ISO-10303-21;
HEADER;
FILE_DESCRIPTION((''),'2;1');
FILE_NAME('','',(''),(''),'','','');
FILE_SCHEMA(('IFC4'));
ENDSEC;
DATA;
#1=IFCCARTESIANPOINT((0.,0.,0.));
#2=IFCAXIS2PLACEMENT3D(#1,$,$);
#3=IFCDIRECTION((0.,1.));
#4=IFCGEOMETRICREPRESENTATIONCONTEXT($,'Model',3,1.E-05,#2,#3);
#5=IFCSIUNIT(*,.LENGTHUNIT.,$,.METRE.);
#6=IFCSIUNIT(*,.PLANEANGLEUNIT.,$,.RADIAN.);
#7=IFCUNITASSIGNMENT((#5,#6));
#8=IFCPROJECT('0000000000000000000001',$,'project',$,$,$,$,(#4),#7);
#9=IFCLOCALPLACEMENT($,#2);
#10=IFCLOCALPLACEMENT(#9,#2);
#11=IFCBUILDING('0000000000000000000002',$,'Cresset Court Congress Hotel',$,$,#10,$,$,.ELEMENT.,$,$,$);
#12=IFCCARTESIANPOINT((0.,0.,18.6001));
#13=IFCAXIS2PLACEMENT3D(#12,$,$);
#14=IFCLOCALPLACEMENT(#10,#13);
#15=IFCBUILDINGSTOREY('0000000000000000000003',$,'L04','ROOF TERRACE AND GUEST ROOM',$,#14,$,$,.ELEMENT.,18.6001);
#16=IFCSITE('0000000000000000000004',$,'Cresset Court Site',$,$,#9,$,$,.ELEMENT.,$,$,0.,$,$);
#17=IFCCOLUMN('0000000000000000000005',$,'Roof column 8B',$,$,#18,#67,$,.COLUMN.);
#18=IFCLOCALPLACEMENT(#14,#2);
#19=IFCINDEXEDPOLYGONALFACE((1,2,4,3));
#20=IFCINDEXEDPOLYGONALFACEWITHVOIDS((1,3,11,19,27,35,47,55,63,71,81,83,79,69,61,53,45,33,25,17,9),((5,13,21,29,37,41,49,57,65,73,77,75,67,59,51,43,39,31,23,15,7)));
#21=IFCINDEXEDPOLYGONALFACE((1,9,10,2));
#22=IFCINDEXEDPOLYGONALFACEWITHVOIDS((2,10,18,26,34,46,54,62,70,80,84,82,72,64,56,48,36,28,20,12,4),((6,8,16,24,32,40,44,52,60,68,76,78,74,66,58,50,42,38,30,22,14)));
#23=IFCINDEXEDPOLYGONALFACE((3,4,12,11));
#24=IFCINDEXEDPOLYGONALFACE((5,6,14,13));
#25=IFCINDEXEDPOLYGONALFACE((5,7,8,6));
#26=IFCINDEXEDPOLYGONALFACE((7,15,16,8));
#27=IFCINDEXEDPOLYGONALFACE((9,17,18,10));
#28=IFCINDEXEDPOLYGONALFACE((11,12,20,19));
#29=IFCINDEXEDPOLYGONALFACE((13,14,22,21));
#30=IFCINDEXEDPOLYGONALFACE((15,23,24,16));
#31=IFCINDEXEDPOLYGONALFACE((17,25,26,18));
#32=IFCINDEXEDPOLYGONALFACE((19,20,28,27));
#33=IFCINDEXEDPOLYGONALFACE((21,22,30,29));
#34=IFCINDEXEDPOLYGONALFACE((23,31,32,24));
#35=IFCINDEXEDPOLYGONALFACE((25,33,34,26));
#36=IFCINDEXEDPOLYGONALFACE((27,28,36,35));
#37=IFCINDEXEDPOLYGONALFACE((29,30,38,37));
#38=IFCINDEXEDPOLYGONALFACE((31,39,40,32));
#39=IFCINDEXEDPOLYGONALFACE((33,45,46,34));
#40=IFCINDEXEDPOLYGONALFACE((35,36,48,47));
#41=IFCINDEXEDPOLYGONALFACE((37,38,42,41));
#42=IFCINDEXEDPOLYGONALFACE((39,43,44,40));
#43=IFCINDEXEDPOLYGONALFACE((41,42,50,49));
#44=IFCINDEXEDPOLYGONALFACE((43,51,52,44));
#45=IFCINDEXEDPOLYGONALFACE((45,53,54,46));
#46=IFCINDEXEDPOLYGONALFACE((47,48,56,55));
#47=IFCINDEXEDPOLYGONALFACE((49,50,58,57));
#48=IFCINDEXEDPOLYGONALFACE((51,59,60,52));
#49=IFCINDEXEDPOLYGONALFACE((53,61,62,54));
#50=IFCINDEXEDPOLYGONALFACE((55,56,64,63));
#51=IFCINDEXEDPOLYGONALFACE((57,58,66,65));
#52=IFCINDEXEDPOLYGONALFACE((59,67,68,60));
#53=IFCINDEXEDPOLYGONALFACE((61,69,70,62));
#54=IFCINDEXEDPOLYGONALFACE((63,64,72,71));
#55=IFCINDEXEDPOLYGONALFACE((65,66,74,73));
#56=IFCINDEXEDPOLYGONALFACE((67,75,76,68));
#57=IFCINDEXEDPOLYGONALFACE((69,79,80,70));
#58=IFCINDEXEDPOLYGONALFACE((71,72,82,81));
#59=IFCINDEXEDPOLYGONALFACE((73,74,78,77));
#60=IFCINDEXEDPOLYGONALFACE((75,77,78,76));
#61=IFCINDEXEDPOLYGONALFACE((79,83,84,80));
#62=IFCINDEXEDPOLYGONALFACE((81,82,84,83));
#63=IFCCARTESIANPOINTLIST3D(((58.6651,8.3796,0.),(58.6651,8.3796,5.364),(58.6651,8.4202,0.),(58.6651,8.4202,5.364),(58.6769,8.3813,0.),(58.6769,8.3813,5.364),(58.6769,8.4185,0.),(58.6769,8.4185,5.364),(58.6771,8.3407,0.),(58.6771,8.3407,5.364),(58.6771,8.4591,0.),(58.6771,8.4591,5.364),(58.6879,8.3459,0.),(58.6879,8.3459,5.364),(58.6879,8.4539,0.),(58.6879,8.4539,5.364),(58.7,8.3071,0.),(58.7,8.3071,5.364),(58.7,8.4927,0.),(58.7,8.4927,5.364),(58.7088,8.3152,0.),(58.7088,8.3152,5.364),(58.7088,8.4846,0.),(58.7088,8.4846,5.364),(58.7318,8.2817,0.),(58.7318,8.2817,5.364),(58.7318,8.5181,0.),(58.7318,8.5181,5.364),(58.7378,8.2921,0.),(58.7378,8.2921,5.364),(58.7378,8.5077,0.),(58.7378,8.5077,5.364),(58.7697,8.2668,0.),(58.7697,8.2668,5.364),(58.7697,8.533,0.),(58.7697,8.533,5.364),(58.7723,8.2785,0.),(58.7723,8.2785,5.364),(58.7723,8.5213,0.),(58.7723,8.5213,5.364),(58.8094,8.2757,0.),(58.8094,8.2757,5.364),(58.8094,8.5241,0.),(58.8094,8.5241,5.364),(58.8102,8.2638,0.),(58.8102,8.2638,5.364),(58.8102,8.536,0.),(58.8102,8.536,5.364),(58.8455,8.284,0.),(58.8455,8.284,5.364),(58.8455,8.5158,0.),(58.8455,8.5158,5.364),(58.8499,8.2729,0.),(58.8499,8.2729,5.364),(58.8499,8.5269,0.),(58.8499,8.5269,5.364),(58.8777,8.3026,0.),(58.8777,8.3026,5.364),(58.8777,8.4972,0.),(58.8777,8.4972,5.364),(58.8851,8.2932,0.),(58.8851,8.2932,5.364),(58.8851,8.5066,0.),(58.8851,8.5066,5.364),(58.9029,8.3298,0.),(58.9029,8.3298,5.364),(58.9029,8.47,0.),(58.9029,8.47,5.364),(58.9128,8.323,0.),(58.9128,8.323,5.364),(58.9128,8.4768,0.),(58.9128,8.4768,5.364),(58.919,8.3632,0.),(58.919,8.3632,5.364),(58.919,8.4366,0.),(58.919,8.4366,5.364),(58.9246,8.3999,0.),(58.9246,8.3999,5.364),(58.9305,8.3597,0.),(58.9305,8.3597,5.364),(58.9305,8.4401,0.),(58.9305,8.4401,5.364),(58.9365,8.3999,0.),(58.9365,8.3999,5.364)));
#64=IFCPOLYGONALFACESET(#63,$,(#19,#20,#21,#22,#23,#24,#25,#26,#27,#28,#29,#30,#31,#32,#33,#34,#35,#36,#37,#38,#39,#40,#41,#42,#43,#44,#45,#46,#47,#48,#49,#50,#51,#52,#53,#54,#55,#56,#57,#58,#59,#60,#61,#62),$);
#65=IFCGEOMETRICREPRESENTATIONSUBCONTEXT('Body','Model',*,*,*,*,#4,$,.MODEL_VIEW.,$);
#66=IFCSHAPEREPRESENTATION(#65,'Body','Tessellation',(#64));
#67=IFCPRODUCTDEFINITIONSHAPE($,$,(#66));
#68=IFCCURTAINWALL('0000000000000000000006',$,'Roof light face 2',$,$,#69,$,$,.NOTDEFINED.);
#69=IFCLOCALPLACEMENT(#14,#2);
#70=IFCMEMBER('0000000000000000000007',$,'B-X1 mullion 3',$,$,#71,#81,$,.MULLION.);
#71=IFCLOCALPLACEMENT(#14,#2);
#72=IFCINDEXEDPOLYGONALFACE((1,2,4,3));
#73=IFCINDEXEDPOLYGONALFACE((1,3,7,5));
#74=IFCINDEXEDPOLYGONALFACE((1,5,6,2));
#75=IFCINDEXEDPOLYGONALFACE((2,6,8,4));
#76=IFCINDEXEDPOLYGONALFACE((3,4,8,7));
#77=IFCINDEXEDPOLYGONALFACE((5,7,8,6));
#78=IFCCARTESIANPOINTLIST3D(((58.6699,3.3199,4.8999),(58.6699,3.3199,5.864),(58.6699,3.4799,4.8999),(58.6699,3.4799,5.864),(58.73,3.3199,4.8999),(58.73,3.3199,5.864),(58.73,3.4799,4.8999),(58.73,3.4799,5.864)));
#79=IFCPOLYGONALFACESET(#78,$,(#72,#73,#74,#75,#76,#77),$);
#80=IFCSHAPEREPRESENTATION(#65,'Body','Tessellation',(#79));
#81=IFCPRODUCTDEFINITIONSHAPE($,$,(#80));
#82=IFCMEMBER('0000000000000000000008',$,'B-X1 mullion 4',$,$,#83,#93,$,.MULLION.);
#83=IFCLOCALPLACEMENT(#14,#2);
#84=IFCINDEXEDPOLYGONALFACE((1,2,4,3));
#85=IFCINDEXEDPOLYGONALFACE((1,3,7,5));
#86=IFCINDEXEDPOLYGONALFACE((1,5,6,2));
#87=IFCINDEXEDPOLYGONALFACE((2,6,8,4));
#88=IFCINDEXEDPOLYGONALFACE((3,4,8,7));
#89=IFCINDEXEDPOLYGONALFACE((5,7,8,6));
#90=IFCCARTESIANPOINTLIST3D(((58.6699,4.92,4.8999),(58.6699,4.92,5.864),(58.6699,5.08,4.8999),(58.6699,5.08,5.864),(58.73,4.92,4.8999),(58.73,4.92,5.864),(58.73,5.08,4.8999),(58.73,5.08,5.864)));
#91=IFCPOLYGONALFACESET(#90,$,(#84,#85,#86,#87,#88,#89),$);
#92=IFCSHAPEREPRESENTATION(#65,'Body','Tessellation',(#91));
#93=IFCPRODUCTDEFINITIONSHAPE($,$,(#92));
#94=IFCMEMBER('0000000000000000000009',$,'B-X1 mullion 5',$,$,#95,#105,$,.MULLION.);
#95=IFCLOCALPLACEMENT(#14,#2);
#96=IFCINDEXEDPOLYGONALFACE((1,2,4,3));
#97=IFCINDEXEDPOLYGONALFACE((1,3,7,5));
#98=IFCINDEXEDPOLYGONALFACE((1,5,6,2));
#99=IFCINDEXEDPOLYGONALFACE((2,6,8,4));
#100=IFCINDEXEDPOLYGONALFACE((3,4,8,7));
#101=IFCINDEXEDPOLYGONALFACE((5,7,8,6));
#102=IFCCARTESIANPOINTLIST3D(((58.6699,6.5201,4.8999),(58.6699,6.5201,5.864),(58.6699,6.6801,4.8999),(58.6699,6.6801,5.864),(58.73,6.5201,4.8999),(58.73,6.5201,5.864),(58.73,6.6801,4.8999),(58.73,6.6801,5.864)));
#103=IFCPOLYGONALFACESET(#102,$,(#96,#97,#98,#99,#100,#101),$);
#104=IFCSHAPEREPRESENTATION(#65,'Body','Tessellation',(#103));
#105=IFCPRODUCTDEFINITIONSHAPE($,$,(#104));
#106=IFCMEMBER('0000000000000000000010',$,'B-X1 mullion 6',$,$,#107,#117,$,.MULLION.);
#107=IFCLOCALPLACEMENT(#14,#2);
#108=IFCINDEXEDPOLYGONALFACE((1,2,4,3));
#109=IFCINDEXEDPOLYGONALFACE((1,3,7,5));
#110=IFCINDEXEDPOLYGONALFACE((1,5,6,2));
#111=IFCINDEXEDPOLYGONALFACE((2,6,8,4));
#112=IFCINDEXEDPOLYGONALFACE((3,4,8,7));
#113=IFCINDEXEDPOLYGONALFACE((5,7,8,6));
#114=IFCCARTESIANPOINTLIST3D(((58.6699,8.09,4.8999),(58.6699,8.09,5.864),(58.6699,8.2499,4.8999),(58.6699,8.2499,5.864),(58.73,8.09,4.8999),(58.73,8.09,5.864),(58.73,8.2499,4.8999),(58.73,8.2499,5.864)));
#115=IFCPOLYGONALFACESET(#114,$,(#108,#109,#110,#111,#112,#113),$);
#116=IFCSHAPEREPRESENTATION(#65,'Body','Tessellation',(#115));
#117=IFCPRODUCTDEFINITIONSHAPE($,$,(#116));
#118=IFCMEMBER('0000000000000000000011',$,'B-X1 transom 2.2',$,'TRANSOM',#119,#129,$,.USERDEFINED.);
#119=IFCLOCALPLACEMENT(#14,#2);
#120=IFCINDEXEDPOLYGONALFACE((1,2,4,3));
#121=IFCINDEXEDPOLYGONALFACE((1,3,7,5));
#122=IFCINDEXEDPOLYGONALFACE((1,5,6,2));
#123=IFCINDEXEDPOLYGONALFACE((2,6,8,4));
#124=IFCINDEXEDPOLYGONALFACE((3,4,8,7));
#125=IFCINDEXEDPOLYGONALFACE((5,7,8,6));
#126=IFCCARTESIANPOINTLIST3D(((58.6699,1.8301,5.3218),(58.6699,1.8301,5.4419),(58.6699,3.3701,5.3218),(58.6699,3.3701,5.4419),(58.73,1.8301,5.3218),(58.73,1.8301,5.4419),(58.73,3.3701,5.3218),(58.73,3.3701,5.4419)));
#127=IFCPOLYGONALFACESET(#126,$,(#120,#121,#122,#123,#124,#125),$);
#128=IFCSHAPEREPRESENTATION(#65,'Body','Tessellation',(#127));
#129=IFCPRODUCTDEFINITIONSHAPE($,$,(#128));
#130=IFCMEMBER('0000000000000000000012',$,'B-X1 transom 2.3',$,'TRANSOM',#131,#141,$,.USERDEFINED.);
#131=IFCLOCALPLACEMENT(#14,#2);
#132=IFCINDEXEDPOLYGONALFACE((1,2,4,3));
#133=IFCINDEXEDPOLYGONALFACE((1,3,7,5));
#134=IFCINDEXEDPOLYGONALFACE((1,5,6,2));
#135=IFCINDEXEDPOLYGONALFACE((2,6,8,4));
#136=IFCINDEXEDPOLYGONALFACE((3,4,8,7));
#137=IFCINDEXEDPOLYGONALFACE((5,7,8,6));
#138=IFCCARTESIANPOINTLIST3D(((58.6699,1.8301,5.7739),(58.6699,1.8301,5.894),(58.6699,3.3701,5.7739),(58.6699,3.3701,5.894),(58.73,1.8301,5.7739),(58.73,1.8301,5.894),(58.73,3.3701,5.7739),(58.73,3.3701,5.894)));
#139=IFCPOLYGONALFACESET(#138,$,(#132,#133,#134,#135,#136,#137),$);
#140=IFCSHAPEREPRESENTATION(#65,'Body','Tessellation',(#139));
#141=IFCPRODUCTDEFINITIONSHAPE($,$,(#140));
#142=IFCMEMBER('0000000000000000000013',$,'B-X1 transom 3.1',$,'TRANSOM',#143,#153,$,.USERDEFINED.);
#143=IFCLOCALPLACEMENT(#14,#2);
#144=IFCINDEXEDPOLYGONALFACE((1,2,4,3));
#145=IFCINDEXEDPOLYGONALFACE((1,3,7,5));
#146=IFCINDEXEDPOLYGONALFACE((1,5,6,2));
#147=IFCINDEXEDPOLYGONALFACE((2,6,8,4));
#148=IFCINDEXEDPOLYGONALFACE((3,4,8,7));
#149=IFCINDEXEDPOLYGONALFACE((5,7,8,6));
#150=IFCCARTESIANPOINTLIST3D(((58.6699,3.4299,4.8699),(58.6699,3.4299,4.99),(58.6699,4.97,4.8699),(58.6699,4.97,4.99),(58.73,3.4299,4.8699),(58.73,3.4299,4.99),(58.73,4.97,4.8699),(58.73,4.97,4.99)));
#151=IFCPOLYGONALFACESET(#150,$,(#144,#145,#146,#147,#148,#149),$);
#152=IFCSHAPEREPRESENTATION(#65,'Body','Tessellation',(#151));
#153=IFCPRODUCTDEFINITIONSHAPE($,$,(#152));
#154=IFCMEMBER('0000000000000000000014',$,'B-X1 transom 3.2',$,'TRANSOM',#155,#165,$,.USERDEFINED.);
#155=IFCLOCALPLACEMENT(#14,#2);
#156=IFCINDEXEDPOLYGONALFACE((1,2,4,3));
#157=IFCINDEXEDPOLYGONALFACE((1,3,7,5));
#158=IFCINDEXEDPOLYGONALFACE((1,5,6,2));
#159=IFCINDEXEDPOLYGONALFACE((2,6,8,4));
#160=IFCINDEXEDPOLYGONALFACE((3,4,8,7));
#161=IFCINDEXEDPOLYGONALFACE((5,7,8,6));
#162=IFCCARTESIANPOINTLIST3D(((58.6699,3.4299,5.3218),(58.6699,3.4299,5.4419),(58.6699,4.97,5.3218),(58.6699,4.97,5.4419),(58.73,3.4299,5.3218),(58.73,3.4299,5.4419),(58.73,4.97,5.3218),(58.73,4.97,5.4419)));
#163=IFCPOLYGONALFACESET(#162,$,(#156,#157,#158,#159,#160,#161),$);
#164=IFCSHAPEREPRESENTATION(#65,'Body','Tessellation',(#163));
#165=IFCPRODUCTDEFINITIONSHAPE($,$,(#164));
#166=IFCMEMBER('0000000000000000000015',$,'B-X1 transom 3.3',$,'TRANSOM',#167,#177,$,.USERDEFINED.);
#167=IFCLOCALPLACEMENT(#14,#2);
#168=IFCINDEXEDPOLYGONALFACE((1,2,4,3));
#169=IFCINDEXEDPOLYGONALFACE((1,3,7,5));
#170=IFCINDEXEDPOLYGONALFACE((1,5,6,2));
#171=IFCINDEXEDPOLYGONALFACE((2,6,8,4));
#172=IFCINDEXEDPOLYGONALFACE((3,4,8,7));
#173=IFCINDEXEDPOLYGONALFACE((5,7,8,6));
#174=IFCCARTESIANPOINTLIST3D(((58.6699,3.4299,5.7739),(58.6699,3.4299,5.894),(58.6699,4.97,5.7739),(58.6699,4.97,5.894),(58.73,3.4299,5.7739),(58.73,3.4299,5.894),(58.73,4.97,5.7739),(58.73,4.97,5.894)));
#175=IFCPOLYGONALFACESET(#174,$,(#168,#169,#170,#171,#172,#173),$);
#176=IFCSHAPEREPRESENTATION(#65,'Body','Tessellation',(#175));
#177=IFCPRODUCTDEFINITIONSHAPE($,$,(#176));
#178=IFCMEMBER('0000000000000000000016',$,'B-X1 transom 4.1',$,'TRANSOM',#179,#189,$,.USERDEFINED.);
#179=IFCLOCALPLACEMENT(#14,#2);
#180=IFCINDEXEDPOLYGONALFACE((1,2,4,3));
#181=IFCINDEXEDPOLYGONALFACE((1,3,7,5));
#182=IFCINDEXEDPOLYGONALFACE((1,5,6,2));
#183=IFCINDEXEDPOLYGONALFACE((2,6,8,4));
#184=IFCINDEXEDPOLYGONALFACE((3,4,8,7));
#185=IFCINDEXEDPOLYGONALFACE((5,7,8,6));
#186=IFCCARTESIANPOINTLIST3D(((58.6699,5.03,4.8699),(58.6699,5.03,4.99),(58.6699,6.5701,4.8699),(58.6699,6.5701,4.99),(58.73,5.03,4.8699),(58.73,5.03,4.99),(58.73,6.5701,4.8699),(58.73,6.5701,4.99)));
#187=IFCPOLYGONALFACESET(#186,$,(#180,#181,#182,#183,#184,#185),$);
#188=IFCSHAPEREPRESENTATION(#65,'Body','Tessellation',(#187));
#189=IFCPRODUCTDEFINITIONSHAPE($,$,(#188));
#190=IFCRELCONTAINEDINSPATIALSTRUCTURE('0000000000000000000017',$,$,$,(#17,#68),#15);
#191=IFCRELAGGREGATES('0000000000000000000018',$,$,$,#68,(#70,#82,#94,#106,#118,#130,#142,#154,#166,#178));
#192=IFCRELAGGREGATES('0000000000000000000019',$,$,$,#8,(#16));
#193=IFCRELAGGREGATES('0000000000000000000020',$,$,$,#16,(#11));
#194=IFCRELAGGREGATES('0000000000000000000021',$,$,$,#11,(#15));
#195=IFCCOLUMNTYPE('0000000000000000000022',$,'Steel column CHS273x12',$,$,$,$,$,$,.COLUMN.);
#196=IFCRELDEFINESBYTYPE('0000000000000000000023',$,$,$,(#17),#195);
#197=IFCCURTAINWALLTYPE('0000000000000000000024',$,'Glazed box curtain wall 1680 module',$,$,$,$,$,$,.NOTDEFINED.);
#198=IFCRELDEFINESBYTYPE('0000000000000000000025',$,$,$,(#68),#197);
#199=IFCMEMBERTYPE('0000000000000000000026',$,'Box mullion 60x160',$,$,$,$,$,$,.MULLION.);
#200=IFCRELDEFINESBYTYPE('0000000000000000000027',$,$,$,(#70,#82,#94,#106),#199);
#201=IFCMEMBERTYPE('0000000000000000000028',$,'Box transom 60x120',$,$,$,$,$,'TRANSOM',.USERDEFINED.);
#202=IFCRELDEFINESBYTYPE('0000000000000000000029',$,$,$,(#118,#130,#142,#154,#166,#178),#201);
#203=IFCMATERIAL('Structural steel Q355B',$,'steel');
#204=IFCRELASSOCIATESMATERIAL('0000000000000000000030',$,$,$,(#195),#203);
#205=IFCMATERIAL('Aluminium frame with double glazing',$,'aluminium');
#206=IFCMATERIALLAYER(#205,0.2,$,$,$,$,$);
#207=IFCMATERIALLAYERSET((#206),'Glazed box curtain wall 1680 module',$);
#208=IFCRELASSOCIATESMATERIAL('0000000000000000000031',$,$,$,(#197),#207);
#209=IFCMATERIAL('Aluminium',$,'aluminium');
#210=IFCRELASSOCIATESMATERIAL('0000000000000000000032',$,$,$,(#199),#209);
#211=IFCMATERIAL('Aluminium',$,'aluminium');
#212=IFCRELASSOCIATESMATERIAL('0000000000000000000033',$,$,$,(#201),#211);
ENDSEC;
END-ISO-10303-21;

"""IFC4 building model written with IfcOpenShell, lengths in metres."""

from ifc_helpers import new_model, si_unit, direction, frame, origin, origin_2d, place, context, subcontext, project, spatial, rectangle, hollow_circle, extrude, material, layer, layer_set, material_profile, profile_set, type_object, element, aggregate, save


model = new_model("IFC4")

# Units and contexts
model_context = context("Model", 3, precision=1e-05, world=origin(), true_north=direction((0.0, 1.0)))
body_context = subcontext(model_context, "Body", "Model", "MODEL_VIEW")
ifc_project = project(units=[si_unit("LENGTHUNIT", "METRE"), si_unit("PLANEANGLEUNIT", "RADIAN")], contexts=[model_context])

# Site, building, storey
site_placement = place(None, origin())
site = spatial("IfcSite", under=ifc_project, at=site_placement, Name="Cresset Court Site", CompositionType="ELEMENT", RefElevation=0.0)
building_placement = place(site_placement, origin())
building = spatial("IfcBuilding", under=site, at=building_placement, Name="Cresset Court Congress Hotel", CompositionType="ELEMENT")
storey_placement = place(building_placement, frame((0.0, 0.0, 18.6001)))
storey = spatial("IfcBuildingStorey", under=building, at=storey_placement, Name="L04", Description="ROOF TERRACE AND GUEST ROOM", CompositionType="ELEMENT", Elevation=18.6001)

# Column
ifc_material_1 = material(Name="Structural steel Q355B", Category="steel")
ifc_material_profile_1 = material_profile(ifc_material_1, hollow_circle(Radius=0.1365, WallThickness=0.012, at=origin_2d()), Name="CHS273x12")
ifc_profile_set_1 = profile_set([ifc_material_profile_1], Name="Structural steel Q355B")
column_type = type_object("IfcColumnType", Name="Steel column CHS273x12", PredefinedType="COLUMN", material=ifc_profile_set_1)
column_placement = place(storey_placement, frame((58.8, 8.3999, 0.0), z_axis=(0.0, 0.0, 1.0), x_axis=(1.0, 0.0, 0.0)))
element("IfcColumn", 1, at=column_placement, inside=storey, type_object=column_type, Name="Roof column 8B", PredefinedType="COLUMN", context=body_context, shape_type="SweptSolid", body=[
    extrude(hollow_circle(Radius=0.1365, WallThickness=0.012, at=origin_2d()), origin(), (0.0, 0.0, 1.0), 5.364),
])

# Curtain wall, members
ifc_material_2 = material(Name="Aluminium frame with double glazing", Category="aluminium")
ifc_layer_1 = layer(ifc_material_2, 0.2)
ifc_layer_set_1 = layer_set([ifc_layer_1], Name="Glazed box curtain wall 1680 module")
curtain_wall_type = type_object("IfcCurtainWallType", Name="Glazed box curtain wall 1680 module", PredefinedType="NOTDEFINED", material=ifc_layer_set_1)
curtain_wall_placement = place(storey_placement, origin())
curtain_wall = element("IfcCurtainWall", 2, at=curtain_wall_placement, inside=storey, type_object=curtain_wall_type, Name="Roof light face 2", PredefinedType="NOTDEFINED")
ifc_material_3 = material(Name="Aluminium", Category="aluminium")
ifc_material_profile_2 = material_profile(ifc_material_3, rectangle(XDim=0.0601, YDim=0.1599, at=origin_2d()), Name="Box mullion 60x160")
ifc_profile_set_2 = profile_set([ifc_material_profile_2], Name="Aluminium")
member_type_1 = type_object("IfcMemberType", Name="Box mullion 60x160", PredefinedType="MULLION", material=ifc_profile_set_2)
member_1_placement = place(storey_placement, frame((58.7, 3.3999, 4.8999), z_axis=(0.0, 0.0, 1.0), x_axis=(-1.0, 0.0, 0.0)))
member_1 = element("IfcMember", 3, at=member_1_placement, type_object=member_type_1, Name="B-X1 mullion 3", PredefinedType="MULLION", context=body_context, shape_type="SweptSolid", body=[
    extrude(rectangle(XDim=0.0601, YDim=0.1599, at=origin_2d()), origin(), (0.0, 0.0, 1.0), 0.9641),
])
member_2_placement = place(storey_placement, frame((58.7, 5.0, 4.8999), z_axis=(0.0, 0.0, 1.0), x_axis=(-1.0, 0.0, 0.0)))
member_2 = element("IfcMember", 4, at=member_2_placement, type_object=member_type_1, Name="B-X1 mullion 4", PredefinedType="MULLION", context=body_context, shape_type="SweptSolid", body=[
    extrude(rectangle(XDim=0.0601, YDim=0.1599, at=origin_2d()), origin(), (0.0, 0.0, 1.0), 0.9641),
])
member_3_placement = place(storey_placement, frame((58.7, 6.6001, 4.8999), z_axis=(0.0, 0.0, 1.0), x_axis=(-1.0, 0.0, 0.0)))
member_3 = element("IfcMember", 5, at=member_3_placement, type_object=member_type_1, Name="B-X1 mullion 5", PredefinedType="MULLION", context=body_context, shape_type="SweptSolid", body=[
    extrude(rectangle(XDim=0.0601, YDim=0.1599, at=origin_2d()), origin(), (0.0, 0.0, 1.0), 0.9641),
])
member_4_placement = place(storey_placement, frame((58.7, 8.1699, 4.8999), z_axis=(0.0, 0.0, 1.0), x_axis=(-1.0, 0.0, 0.0)))
member_4 = element("IfcMember", 6, at=member_4_placement, type_object=member_type_1, Name="B-X1 mullion 6", PredefinedType="MULLION", context=body_context, shape_type="SweptSolid", body=[
    extrude(rectangle(XDim=0.0601, YDim=0.1599, at=origin_2d()), origin(), (0.0, 0.0, 1.0), 0.9641),
])
ifc_material_4 = material(Name="Aluminium", Category="aluminium")
ifc_material_profile_3 = material_profile(ifc_material_4, rectangle(XDim=0.0601, YDim=0.1201, at=origin_2d()), Name="Box transom 60x120")
ifc_profile_set_3 = profile_set([ifc_material_profile_3], Name="Aluminium")
member_type_2 = type_object("IfcMemberType", Name="Box transom 60x120", ElementType="TRANSOM", PredefinedType="USERDEFINED", material=ifc_profile_set_3)
member_5_placement = place(storey_placement, frame((58.7, 1.8301, 5.3818), z_axis=(0.0, 1.0, 0.0), x_axis=(-1.0, 0.0, 0.0)))
member_5 = element("IfcMember", 7, at=member_5_placement, type_object=member_type_2, Name="B-X1 transom 2.2", ObjectType="TRANSOM", PredefinedType="USERDEFINED", context=body_context, shape_type="SweptSolid", body=[
    extrude(rectangle(XDim=0.0601, YDim=0.1201, at=origin_2d()), origin(), (0.0, 0.0, 1.0), 1.54),
])
member_6_placement = place(storey_placement, frame((58.7, 1.8301, 5.834), z_axis=(0.0, 1.0, 0.0), x_axis=(-1.0, 0.0, 0.0)))
member_6 = element("IfcMember", 8, at=member_6_placement, type_object=member_type_2, Name="B-X1 transom 2.3", ObjectType="TRANSOM", PredefinedType="USERDEFINED", context=body_context, shape_type="SweptSolid", body=[
    extrude(rectangle(XDim=0.0601, YDim=0.1201, at=origin_2d()), origin(), (0.0, 0.0, 1.0), 1.54),
])
member_7_placement = place(storey_placement, frame((58.7, 3.4299, 4.9299), z_axis=(0.0, 1.0, 0.0), x_axis=(-1.0, 0.0, 0.0)))
member_7 = element("IfcMember", 9, at=member_7_placement, type_object=member_type_2, Name="B-X1 transom 3.1", ObjectType="TRANSOM", PredefinedType="USERDEFINED", context=body_context, shape_type="SweptSolid", body=[
    extrude(rectangle(XDim=0.0601, YDim=0.1201, at=origin_2d()), origin(), (0.0, 0.0, 1.0), 1.54),
])
member_8_placement = place(storey_placement, frame((58.7, 3.4299, 5.3818), z_axis=(0.0, 1.0, 0.0), x_axis=(-1.0, 0.0, 0.0)))
member_8 = element("IfcMember", 10, at=member_8_placement, type_object=member_type_2, Name="B-X1 transom 3.2", ObjectType="TRANSOM", PredefinedType="USERDEFINED", context=body_context, shape_type="SweptSolid", body=[
    extrude(rectangle(XDim=0.0601, YDim=0.1201, at=origin_2d()), origin(), (0.0, 0.0, 1.0), 1.54),
])
member_9_placement = place(storey_placement, frame((58.7, 3.4299, 5.834), z_axis=(0.0, 1.0, 0.0), x_axis=(-1.0, 0.0, 0.0)))
member_9 = element("IfcMember", 11, at=member_9_placement, type_object=member_type_2, Name="B-X1 transom 3.3", ObjectType="TRANSOM", PredefinedType="USERDEFINED", context=body_context, shape_type="SweptSolid", body=[
    extrude(rectangle(XDim=0.0601, YDim=0.1201, at=origin_2d()), origin(), (0.0, 0.0, 1.0), 1.54),
])
member_10_placement = place(storey_placement, frame((58.7, 5.03, 4.9299), z_axis=(0.0, 1.0, 0.0), x_axis=(-1.0, 0.0, 0.0)))
member_10 = element("IfcMember", 12, at=member_10_placement, type_object=member_type_2, Name="B-X1 transom 4.1", ObjectType="TRANSOM", PredefinedType="USERDEFINED", context=body_context, shape_type="SweptSolid", body=[
    extrude(rectangle(XDim=0.0601, YDim=0.1201, at=origin_2d()), origin(), (0.0, 0.0, 1.0), 1.54),
])

aggregate(curtain_wall, [member_1, member_2, member_3, member_4, member_5, member_6, member_7, member_8, member_9, member_10])

save(model, "model.ifc")
